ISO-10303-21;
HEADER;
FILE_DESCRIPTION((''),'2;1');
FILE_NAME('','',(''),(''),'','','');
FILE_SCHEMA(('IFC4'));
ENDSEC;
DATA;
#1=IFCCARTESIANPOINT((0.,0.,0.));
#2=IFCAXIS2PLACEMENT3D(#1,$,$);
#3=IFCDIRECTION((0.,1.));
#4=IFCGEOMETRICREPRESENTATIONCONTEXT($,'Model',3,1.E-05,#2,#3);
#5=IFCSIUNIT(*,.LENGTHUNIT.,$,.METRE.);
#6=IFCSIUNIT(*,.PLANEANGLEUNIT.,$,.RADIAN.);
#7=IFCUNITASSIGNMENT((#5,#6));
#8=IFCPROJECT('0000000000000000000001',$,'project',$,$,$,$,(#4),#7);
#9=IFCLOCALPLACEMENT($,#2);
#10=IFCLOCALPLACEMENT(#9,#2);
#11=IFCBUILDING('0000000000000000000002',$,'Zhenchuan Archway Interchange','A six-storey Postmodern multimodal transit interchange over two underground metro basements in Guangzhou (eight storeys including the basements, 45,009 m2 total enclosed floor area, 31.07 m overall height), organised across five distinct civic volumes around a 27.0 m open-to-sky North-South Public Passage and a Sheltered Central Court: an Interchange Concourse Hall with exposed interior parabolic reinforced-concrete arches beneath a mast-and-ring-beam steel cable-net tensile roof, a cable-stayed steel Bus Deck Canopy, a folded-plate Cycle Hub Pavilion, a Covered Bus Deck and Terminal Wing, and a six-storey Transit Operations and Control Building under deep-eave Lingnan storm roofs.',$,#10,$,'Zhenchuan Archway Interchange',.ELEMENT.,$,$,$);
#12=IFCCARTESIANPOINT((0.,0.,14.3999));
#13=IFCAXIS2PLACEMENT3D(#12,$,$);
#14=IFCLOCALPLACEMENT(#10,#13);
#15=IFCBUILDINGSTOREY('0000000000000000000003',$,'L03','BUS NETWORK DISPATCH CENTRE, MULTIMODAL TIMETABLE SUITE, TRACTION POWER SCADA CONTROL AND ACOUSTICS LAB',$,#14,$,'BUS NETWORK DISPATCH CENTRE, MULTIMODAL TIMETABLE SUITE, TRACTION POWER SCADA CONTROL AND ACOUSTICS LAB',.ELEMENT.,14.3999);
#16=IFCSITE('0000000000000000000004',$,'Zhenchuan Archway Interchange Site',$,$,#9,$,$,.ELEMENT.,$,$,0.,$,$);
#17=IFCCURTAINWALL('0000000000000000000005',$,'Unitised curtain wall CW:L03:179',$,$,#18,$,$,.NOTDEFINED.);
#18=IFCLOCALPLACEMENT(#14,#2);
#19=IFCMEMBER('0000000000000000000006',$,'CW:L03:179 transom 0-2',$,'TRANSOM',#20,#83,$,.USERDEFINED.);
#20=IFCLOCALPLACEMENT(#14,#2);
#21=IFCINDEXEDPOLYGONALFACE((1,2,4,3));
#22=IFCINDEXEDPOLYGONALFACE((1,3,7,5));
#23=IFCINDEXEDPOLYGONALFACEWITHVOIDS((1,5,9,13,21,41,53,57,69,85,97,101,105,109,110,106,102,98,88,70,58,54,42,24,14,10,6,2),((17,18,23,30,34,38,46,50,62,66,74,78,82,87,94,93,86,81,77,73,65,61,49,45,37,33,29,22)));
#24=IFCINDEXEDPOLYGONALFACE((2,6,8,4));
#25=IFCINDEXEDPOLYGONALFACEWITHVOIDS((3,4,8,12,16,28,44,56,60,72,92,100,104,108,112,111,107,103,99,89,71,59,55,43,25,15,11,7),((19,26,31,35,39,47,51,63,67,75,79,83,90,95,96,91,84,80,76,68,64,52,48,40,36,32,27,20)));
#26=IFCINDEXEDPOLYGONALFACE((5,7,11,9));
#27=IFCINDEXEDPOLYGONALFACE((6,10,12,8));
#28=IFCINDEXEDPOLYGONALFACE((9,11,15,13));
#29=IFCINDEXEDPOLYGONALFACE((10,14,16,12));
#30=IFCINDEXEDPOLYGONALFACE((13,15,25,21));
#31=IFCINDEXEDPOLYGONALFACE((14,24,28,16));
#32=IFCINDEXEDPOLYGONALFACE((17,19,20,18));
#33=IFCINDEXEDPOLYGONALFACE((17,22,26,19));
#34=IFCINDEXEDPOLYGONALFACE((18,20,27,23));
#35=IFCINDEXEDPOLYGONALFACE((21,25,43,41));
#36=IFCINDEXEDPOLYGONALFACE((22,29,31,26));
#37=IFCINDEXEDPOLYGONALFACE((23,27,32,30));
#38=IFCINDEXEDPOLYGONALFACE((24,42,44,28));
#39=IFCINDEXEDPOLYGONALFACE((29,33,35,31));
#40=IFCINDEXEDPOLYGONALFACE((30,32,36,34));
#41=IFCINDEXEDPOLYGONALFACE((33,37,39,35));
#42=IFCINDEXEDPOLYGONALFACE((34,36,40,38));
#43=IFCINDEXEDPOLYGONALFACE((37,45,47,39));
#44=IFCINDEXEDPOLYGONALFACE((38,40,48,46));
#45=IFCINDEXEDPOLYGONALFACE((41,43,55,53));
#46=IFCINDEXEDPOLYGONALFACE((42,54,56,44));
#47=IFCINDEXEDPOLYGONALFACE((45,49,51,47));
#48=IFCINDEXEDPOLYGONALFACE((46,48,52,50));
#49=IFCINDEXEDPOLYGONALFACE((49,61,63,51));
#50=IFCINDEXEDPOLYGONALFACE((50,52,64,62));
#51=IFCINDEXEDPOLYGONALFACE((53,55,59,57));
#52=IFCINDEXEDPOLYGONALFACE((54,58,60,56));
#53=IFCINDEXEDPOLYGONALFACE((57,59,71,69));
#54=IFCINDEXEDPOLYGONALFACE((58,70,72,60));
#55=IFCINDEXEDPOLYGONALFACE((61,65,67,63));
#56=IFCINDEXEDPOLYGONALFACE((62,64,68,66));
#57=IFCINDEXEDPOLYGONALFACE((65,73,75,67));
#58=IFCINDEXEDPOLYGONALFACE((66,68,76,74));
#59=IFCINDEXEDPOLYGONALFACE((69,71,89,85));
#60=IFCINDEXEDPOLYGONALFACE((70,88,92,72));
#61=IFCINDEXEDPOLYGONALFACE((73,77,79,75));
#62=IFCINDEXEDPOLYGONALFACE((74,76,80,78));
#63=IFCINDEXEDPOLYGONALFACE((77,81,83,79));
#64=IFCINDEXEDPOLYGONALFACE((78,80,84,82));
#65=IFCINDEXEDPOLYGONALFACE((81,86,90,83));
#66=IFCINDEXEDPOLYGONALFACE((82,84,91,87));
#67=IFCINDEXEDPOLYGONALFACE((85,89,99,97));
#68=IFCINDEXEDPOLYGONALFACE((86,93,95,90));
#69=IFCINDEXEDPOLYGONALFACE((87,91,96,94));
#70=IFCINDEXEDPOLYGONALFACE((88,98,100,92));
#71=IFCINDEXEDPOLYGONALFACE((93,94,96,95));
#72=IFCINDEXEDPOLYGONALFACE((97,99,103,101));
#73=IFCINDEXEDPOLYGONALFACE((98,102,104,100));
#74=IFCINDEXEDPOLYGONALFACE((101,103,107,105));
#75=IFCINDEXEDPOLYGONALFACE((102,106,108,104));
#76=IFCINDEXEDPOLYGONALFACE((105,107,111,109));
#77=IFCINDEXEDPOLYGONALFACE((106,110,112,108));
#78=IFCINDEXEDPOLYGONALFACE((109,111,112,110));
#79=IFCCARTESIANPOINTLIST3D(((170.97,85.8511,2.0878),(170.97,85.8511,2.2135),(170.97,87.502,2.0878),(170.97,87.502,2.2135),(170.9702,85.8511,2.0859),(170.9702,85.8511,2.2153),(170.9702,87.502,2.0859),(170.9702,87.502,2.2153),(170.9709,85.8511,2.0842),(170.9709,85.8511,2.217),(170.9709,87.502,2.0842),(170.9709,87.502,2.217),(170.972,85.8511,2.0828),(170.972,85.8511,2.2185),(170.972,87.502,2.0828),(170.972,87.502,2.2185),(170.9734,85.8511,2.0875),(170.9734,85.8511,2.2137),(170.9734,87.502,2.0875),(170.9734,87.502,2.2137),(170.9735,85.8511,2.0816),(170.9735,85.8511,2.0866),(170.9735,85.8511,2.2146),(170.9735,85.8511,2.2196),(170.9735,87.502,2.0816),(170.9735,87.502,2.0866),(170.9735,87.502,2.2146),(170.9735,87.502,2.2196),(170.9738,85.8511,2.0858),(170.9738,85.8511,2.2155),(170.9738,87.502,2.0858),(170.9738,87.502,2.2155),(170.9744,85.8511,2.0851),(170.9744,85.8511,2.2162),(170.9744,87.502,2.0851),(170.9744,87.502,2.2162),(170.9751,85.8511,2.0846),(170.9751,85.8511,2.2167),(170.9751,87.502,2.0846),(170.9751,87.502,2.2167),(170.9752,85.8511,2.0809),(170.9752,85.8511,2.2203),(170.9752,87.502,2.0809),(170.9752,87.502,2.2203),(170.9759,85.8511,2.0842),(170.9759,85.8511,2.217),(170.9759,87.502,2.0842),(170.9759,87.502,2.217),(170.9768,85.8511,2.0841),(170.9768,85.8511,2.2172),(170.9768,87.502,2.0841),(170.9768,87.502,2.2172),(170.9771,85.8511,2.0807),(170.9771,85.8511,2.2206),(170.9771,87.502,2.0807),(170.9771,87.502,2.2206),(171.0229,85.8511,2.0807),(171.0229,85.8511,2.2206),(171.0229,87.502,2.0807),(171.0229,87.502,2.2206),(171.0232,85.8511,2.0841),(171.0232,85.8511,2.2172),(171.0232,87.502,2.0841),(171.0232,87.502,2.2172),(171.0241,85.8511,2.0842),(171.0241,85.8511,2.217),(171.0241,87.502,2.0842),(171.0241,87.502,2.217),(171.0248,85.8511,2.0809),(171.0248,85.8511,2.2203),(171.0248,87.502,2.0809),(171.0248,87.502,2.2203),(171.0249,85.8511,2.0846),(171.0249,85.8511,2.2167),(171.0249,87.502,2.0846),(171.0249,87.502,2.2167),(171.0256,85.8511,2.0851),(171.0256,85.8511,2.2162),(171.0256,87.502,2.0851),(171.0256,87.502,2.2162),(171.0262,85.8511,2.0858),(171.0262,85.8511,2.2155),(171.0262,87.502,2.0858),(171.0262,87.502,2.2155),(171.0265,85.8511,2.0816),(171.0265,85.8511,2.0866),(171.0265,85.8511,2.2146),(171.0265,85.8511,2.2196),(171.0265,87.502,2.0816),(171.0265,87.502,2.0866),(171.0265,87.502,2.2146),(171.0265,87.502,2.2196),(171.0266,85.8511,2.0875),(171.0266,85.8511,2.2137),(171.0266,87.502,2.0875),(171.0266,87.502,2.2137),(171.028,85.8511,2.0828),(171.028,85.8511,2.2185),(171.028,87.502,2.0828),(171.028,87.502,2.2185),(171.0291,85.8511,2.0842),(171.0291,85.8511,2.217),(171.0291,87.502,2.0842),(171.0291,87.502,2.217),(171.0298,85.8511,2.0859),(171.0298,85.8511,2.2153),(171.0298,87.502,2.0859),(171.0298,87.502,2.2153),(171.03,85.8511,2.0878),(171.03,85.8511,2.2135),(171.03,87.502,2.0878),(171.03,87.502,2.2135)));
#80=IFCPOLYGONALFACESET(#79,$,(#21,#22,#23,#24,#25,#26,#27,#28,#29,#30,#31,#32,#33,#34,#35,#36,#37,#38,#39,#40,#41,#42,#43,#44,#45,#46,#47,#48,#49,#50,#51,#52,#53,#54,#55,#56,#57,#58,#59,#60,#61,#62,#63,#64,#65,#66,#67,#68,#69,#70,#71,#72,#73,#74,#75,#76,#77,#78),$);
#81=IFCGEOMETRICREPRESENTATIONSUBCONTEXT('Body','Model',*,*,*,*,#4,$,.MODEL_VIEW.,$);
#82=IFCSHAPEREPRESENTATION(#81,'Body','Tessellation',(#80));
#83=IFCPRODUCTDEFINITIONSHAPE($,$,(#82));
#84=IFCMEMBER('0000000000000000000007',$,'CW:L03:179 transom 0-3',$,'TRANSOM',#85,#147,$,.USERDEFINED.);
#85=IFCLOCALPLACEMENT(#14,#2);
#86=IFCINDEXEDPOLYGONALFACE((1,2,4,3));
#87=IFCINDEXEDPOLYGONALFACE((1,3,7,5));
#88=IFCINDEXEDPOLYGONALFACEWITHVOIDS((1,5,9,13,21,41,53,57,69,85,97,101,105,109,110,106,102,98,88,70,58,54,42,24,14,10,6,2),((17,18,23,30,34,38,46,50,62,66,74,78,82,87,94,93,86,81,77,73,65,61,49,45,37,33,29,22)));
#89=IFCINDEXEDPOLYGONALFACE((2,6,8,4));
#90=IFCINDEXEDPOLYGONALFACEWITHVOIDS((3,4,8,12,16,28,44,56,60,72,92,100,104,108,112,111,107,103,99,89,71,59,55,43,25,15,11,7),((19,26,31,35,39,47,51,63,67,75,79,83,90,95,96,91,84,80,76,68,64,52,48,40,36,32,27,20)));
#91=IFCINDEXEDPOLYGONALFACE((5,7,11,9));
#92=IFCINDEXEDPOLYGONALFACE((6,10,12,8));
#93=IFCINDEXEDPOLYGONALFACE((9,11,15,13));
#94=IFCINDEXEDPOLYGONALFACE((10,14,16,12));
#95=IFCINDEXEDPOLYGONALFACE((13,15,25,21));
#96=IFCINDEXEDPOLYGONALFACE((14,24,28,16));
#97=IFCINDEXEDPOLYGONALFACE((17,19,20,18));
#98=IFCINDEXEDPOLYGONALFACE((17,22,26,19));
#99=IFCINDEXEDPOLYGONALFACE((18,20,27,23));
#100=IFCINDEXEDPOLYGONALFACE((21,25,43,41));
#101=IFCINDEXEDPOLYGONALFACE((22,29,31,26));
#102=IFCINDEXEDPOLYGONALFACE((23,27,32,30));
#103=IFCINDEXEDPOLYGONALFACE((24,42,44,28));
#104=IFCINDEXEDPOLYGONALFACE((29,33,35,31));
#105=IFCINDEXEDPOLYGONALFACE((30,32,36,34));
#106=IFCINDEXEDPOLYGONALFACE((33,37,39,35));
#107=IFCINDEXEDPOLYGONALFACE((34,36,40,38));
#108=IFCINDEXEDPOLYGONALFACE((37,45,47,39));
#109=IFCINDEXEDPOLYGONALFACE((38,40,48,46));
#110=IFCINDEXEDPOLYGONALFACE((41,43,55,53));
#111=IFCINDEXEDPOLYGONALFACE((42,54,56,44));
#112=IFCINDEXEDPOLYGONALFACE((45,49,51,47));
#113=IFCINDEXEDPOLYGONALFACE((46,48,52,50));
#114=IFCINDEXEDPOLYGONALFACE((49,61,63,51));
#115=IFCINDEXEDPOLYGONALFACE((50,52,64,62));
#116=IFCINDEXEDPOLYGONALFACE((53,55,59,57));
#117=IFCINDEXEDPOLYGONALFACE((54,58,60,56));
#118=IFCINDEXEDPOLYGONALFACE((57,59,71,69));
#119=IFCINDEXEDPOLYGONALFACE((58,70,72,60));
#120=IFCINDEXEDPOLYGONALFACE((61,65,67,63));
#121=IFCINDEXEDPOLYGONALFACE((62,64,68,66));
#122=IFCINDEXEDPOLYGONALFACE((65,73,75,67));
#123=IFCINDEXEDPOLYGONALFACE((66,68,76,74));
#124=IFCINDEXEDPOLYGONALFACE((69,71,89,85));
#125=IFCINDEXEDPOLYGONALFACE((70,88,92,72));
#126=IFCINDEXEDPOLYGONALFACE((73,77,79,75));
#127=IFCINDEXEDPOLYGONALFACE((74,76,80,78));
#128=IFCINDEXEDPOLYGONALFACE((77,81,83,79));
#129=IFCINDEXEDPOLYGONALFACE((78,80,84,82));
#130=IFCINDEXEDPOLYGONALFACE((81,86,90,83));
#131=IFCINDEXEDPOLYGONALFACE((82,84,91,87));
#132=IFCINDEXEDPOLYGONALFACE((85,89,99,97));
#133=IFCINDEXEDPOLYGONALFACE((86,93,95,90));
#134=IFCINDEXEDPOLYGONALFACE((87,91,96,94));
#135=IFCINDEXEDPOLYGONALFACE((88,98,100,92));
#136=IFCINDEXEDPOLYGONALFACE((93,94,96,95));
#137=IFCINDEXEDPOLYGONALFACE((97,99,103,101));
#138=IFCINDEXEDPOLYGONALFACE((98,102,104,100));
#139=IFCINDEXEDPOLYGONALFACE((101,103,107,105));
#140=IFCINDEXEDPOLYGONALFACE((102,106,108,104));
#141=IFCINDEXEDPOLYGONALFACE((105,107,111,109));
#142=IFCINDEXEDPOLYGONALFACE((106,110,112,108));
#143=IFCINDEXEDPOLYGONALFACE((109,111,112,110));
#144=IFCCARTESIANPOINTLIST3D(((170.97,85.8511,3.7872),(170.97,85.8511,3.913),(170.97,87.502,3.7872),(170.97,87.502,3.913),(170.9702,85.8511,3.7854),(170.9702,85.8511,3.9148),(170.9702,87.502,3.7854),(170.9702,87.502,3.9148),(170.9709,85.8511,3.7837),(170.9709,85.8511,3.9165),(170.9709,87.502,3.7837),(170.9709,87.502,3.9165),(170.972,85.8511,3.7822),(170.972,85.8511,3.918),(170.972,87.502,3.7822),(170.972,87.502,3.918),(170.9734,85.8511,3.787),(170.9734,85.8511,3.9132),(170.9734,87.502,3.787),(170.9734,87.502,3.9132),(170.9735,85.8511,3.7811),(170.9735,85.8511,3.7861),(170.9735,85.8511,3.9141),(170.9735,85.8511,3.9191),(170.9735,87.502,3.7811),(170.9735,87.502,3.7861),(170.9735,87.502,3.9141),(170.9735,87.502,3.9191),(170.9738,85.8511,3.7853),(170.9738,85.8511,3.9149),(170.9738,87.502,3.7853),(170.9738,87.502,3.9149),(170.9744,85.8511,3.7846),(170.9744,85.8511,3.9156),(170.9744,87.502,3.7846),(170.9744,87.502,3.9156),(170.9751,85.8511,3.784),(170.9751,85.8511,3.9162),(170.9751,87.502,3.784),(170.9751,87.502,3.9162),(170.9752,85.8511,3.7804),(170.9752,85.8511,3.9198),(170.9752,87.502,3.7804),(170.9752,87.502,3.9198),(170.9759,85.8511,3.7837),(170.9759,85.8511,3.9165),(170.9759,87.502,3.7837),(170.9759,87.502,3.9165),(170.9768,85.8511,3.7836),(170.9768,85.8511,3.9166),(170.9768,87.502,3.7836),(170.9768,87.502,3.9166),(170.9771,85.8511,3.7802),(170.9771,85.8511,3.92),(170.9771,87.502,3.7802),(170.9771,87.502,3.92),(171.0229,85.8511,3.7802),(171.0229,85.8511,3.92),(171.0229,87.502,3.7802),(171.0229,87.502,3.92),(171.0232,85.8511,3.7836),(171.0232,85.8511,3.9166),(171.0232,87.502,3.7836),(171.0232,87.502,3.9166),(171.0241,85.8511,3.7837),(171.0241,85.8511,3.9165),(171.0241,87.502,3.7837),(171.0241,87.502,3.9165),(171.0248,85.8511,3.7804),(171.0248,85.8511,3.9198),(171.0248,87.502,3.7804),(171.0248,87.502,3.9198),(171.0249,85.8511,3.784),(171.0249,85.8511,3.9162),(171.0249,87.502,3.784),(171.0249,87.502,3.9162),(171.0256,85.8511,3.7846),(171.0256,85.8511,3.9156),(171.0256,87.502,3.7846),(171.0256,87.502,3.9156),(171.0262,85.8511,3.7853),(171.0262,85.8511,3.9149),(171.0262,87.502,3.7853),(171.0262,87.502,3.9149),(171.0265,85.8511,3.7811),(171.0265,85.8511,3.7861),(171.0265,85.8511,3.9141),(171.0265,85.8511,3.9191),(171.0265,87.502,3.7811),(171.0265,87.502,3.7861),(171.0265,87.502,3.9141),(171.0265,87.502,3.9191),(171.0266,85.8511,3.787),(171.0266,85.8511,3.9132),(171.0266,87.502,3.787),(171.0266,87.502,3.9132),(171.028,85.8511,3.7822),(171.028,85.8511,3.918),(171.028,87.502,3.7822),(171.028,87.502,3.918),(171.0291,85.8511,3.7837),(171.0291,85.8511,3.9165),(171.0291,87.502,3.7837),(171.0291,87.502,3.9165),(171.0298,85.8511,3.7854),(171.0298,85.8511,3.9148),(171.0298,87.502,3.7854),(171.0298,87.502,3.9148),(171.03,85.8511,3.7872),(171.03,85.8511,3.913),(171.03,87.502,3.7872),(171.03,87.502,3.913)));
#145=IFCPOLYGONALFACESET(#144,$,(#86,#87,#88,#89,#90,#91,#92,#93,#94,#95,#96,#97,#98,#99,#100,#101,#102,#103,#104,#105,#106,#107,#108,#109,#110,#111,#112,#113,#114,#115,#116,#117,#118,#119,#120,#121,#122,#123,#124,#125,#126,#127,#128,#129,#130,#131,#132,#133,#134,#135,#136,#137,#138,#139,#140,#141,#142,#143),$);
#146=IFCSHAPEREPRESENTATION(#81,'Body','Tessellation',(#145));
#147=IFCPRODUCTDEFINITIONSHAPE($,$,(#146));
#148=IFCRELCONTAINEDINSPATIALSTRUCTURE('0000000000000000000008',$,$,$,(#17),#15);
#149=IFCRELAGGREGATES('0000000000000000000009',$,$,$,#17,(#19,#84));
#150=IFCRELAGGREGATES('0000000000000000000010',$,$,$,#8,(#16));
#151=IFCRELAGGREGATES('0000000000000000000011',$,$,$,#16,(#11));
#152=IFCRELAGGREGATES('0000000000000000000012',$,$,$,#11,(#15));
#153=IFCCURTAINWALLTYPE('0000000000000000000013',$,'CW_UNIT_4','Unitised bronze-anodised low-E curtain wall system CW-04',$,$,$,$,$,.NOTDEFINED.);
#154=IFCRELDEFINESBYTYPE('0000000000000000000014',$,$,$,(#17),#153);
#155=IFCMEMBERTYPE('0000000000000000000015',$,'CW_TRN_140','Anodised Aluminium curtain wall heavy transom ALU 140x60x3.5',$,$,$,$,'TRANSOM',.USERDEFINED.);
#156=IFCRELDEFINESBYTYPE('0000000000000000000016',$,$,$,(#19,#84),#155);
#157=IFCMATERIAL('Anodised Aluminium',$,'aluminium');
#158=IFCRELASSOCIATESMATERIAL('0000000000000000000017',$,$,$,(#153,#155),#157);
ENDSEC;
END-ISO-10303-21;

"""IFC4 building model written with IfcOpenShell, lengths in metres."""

from ifc_helpers import new_model, si_unit, direction, frame, origin, origin_2d, place, context, subcontext, project, spatial, hollow_rectangle, extrude, material, material_profile, profile_set, type_object, element, aggregate, save


model = new_model("IFC4")

# Units and contexts
model_context = context("Model", 3, precision=1e-05, world=origin(), true_north=direction((0.0, 1.0)))
body_context = subcontext(model_context, "Body", "Model", "MODEL_VIEW")
ifc_project = project(units=[si_unit("LENGTHUNIT", "METRE"), si_unit("PLANEANGLEUNIT", "RADIAN")], contexts=[model_context])

# Site, building, storey
site_placement = place(None, origin())
site = spatial("IfcSite", under=ifc_project, at=site_placement, Name="Zhenchuan Archway Interchange Site", CompositionType="ELEMENT", RefElevation=0.0)
building_placement = place(site_placement, origin())
building = spatial("IfcBuilding", under=site, at=building_placement, Name="Zhenchuan Archway Interchange", Description="A six-storey Postmodern multimodal transit interchange over two underground metro basements in Guangzhou (eight storeys including the basements, 45,009 m2 total enclosed floor area, 31.07 m overall height), organised across five distinct civic volumes around a 27.0 m open-to-sky North-South Public Passage and a Sheltered Central Court: an Interchange Concourse Hall with exposed interior parabolic reinforced-concrete arches beneath a mast-and-ring-beam steel cable-net tensile roof, a cable-stayed steel Bus Deck Canopy, a folded-plate Cycle Hub Pavilion, a Covered Bus Deck and Terminal Wing, and a six-storey Transit Operations and Control Building under deep-eave Lingnan storm roofs.", LongName="Zhenchuan Archway Interchange", CompositionType="ELEMENT")
storey_placement = place(building_placement, frame((0.0, 0.0, 14.3999)))
storey = spatial("IfcBuildingStorey", under=building, at=storey_placement, Name="L03", Description="BUS NETWORK DISPATCH CENTRE, MULTIMODAL TIMETABLE SUITE, TRACTION POWER SCADA CONTROL AND ACOUSTICS LAB", LongName="BUS NETWORK DISPATCH CENTRE, MULTIMODAL TIMETABLE SUITE, TRACTION POWER SCADA CONTROL AND ACOUSTICS LAB", CompositionType="ELEMENT", Elevation=14.3999)

# Shared definitions
ifc_material_1 = material(Name="Anodised Aluminium", Category="aluminium")

# Curtain wall
curtain_wall_type_1 = type_object("IfcCurtainWallType", Name="CW_UNIT_4", Description="Unitised bronze-anodised low-E curtain wall system CW-04", PredefinedType="NOTDEFINED", material=ifc_material_1)
curtain_wall_1_placement = place(storey_placement, origin())
curtain_wall_1 = element("IfcCurtainWall", 1, at=curtain_wall_1_placement, inside=storey, type_object=curtain_wall_type_1, Name="Unitised curtain wall CW:L03:179", PredefinedType="NOTDEFINED")

# Members
ifc_material_profile_1 = material_profile(ifc_material_1, hollow_rectangle(XDim=0.0601, YDim=0.1399, WallThickness=0.0034, InnerFilletRadius=0.0034, OuterFilletRadius=0.0071, at=origin_2d()), Name="ALU 140x60x3.5")
ifc_profile_set_1 = profile_set([ifc_material_profile_1], Name="Anodised Aluminium")
member_type_1 = type_object("IfcMemberType", Name="CW_TRN_140", Description="Anodised Aluminium curtain wall heavy transom ALU 140x60x3.5", ElementType="TRANSOM", PredefinedType="USERDEFINED", material=ifc_profile_set_1)
member_1_placement = place(storey_placement, frame((171.0, 87.502, 2.1506), z_axis=(0.0, -1.0, 0.0), x_axis=(1.0, 0.0, 0.0)))
member_1 = element("IfcMember", 2, at=member_1_placement, type_object=member_type_1, Name="CW:L03:179 transom 0-2", ObjectType="TRANSOM", PredefinedType="USERDEFINED", context=body_context, shape_type="SweptSolid", body=[
    extrude(hollow_rectangle(XDim=0.0601, YDim=0.1399, WallThickness=0.0034, InnerFilletRadius=0.0034, OuterFilletRadius=0.0071, at=origin_2d()), origin(), (0.0, 0.0, 1.0), 1.6509),
])
member_2_placement = place(storey_placement, frame((171.0, 87.502, 3.8501), z_axis=(0.0, -1.0, 0.0), x_axis=(1.0, 0.0, 0.0)))
member_2 = element("IfcMember", 3, at=member_2_placement, type_object=member_type_1, Name="CW:L03:179 transom 0-3", ObjectType="TRANSOM", PredefinedType="USERDEFINED", context=body_context, shape_type="SweptSolid", body=[
    extrude(hollow_rectangle(XDim=0.0601, YDim=0.1399, WallThickness=0.0034, InnerFilletRadius=0.0034, OuterFilletRadius=0.0071, at=origin_2d()), origin(), (0.0, 0.0, 1.0), 1.6509),
])

aggregate(curtain_wall_1, [member_1, member_2])

save(model, "model.ifc")
